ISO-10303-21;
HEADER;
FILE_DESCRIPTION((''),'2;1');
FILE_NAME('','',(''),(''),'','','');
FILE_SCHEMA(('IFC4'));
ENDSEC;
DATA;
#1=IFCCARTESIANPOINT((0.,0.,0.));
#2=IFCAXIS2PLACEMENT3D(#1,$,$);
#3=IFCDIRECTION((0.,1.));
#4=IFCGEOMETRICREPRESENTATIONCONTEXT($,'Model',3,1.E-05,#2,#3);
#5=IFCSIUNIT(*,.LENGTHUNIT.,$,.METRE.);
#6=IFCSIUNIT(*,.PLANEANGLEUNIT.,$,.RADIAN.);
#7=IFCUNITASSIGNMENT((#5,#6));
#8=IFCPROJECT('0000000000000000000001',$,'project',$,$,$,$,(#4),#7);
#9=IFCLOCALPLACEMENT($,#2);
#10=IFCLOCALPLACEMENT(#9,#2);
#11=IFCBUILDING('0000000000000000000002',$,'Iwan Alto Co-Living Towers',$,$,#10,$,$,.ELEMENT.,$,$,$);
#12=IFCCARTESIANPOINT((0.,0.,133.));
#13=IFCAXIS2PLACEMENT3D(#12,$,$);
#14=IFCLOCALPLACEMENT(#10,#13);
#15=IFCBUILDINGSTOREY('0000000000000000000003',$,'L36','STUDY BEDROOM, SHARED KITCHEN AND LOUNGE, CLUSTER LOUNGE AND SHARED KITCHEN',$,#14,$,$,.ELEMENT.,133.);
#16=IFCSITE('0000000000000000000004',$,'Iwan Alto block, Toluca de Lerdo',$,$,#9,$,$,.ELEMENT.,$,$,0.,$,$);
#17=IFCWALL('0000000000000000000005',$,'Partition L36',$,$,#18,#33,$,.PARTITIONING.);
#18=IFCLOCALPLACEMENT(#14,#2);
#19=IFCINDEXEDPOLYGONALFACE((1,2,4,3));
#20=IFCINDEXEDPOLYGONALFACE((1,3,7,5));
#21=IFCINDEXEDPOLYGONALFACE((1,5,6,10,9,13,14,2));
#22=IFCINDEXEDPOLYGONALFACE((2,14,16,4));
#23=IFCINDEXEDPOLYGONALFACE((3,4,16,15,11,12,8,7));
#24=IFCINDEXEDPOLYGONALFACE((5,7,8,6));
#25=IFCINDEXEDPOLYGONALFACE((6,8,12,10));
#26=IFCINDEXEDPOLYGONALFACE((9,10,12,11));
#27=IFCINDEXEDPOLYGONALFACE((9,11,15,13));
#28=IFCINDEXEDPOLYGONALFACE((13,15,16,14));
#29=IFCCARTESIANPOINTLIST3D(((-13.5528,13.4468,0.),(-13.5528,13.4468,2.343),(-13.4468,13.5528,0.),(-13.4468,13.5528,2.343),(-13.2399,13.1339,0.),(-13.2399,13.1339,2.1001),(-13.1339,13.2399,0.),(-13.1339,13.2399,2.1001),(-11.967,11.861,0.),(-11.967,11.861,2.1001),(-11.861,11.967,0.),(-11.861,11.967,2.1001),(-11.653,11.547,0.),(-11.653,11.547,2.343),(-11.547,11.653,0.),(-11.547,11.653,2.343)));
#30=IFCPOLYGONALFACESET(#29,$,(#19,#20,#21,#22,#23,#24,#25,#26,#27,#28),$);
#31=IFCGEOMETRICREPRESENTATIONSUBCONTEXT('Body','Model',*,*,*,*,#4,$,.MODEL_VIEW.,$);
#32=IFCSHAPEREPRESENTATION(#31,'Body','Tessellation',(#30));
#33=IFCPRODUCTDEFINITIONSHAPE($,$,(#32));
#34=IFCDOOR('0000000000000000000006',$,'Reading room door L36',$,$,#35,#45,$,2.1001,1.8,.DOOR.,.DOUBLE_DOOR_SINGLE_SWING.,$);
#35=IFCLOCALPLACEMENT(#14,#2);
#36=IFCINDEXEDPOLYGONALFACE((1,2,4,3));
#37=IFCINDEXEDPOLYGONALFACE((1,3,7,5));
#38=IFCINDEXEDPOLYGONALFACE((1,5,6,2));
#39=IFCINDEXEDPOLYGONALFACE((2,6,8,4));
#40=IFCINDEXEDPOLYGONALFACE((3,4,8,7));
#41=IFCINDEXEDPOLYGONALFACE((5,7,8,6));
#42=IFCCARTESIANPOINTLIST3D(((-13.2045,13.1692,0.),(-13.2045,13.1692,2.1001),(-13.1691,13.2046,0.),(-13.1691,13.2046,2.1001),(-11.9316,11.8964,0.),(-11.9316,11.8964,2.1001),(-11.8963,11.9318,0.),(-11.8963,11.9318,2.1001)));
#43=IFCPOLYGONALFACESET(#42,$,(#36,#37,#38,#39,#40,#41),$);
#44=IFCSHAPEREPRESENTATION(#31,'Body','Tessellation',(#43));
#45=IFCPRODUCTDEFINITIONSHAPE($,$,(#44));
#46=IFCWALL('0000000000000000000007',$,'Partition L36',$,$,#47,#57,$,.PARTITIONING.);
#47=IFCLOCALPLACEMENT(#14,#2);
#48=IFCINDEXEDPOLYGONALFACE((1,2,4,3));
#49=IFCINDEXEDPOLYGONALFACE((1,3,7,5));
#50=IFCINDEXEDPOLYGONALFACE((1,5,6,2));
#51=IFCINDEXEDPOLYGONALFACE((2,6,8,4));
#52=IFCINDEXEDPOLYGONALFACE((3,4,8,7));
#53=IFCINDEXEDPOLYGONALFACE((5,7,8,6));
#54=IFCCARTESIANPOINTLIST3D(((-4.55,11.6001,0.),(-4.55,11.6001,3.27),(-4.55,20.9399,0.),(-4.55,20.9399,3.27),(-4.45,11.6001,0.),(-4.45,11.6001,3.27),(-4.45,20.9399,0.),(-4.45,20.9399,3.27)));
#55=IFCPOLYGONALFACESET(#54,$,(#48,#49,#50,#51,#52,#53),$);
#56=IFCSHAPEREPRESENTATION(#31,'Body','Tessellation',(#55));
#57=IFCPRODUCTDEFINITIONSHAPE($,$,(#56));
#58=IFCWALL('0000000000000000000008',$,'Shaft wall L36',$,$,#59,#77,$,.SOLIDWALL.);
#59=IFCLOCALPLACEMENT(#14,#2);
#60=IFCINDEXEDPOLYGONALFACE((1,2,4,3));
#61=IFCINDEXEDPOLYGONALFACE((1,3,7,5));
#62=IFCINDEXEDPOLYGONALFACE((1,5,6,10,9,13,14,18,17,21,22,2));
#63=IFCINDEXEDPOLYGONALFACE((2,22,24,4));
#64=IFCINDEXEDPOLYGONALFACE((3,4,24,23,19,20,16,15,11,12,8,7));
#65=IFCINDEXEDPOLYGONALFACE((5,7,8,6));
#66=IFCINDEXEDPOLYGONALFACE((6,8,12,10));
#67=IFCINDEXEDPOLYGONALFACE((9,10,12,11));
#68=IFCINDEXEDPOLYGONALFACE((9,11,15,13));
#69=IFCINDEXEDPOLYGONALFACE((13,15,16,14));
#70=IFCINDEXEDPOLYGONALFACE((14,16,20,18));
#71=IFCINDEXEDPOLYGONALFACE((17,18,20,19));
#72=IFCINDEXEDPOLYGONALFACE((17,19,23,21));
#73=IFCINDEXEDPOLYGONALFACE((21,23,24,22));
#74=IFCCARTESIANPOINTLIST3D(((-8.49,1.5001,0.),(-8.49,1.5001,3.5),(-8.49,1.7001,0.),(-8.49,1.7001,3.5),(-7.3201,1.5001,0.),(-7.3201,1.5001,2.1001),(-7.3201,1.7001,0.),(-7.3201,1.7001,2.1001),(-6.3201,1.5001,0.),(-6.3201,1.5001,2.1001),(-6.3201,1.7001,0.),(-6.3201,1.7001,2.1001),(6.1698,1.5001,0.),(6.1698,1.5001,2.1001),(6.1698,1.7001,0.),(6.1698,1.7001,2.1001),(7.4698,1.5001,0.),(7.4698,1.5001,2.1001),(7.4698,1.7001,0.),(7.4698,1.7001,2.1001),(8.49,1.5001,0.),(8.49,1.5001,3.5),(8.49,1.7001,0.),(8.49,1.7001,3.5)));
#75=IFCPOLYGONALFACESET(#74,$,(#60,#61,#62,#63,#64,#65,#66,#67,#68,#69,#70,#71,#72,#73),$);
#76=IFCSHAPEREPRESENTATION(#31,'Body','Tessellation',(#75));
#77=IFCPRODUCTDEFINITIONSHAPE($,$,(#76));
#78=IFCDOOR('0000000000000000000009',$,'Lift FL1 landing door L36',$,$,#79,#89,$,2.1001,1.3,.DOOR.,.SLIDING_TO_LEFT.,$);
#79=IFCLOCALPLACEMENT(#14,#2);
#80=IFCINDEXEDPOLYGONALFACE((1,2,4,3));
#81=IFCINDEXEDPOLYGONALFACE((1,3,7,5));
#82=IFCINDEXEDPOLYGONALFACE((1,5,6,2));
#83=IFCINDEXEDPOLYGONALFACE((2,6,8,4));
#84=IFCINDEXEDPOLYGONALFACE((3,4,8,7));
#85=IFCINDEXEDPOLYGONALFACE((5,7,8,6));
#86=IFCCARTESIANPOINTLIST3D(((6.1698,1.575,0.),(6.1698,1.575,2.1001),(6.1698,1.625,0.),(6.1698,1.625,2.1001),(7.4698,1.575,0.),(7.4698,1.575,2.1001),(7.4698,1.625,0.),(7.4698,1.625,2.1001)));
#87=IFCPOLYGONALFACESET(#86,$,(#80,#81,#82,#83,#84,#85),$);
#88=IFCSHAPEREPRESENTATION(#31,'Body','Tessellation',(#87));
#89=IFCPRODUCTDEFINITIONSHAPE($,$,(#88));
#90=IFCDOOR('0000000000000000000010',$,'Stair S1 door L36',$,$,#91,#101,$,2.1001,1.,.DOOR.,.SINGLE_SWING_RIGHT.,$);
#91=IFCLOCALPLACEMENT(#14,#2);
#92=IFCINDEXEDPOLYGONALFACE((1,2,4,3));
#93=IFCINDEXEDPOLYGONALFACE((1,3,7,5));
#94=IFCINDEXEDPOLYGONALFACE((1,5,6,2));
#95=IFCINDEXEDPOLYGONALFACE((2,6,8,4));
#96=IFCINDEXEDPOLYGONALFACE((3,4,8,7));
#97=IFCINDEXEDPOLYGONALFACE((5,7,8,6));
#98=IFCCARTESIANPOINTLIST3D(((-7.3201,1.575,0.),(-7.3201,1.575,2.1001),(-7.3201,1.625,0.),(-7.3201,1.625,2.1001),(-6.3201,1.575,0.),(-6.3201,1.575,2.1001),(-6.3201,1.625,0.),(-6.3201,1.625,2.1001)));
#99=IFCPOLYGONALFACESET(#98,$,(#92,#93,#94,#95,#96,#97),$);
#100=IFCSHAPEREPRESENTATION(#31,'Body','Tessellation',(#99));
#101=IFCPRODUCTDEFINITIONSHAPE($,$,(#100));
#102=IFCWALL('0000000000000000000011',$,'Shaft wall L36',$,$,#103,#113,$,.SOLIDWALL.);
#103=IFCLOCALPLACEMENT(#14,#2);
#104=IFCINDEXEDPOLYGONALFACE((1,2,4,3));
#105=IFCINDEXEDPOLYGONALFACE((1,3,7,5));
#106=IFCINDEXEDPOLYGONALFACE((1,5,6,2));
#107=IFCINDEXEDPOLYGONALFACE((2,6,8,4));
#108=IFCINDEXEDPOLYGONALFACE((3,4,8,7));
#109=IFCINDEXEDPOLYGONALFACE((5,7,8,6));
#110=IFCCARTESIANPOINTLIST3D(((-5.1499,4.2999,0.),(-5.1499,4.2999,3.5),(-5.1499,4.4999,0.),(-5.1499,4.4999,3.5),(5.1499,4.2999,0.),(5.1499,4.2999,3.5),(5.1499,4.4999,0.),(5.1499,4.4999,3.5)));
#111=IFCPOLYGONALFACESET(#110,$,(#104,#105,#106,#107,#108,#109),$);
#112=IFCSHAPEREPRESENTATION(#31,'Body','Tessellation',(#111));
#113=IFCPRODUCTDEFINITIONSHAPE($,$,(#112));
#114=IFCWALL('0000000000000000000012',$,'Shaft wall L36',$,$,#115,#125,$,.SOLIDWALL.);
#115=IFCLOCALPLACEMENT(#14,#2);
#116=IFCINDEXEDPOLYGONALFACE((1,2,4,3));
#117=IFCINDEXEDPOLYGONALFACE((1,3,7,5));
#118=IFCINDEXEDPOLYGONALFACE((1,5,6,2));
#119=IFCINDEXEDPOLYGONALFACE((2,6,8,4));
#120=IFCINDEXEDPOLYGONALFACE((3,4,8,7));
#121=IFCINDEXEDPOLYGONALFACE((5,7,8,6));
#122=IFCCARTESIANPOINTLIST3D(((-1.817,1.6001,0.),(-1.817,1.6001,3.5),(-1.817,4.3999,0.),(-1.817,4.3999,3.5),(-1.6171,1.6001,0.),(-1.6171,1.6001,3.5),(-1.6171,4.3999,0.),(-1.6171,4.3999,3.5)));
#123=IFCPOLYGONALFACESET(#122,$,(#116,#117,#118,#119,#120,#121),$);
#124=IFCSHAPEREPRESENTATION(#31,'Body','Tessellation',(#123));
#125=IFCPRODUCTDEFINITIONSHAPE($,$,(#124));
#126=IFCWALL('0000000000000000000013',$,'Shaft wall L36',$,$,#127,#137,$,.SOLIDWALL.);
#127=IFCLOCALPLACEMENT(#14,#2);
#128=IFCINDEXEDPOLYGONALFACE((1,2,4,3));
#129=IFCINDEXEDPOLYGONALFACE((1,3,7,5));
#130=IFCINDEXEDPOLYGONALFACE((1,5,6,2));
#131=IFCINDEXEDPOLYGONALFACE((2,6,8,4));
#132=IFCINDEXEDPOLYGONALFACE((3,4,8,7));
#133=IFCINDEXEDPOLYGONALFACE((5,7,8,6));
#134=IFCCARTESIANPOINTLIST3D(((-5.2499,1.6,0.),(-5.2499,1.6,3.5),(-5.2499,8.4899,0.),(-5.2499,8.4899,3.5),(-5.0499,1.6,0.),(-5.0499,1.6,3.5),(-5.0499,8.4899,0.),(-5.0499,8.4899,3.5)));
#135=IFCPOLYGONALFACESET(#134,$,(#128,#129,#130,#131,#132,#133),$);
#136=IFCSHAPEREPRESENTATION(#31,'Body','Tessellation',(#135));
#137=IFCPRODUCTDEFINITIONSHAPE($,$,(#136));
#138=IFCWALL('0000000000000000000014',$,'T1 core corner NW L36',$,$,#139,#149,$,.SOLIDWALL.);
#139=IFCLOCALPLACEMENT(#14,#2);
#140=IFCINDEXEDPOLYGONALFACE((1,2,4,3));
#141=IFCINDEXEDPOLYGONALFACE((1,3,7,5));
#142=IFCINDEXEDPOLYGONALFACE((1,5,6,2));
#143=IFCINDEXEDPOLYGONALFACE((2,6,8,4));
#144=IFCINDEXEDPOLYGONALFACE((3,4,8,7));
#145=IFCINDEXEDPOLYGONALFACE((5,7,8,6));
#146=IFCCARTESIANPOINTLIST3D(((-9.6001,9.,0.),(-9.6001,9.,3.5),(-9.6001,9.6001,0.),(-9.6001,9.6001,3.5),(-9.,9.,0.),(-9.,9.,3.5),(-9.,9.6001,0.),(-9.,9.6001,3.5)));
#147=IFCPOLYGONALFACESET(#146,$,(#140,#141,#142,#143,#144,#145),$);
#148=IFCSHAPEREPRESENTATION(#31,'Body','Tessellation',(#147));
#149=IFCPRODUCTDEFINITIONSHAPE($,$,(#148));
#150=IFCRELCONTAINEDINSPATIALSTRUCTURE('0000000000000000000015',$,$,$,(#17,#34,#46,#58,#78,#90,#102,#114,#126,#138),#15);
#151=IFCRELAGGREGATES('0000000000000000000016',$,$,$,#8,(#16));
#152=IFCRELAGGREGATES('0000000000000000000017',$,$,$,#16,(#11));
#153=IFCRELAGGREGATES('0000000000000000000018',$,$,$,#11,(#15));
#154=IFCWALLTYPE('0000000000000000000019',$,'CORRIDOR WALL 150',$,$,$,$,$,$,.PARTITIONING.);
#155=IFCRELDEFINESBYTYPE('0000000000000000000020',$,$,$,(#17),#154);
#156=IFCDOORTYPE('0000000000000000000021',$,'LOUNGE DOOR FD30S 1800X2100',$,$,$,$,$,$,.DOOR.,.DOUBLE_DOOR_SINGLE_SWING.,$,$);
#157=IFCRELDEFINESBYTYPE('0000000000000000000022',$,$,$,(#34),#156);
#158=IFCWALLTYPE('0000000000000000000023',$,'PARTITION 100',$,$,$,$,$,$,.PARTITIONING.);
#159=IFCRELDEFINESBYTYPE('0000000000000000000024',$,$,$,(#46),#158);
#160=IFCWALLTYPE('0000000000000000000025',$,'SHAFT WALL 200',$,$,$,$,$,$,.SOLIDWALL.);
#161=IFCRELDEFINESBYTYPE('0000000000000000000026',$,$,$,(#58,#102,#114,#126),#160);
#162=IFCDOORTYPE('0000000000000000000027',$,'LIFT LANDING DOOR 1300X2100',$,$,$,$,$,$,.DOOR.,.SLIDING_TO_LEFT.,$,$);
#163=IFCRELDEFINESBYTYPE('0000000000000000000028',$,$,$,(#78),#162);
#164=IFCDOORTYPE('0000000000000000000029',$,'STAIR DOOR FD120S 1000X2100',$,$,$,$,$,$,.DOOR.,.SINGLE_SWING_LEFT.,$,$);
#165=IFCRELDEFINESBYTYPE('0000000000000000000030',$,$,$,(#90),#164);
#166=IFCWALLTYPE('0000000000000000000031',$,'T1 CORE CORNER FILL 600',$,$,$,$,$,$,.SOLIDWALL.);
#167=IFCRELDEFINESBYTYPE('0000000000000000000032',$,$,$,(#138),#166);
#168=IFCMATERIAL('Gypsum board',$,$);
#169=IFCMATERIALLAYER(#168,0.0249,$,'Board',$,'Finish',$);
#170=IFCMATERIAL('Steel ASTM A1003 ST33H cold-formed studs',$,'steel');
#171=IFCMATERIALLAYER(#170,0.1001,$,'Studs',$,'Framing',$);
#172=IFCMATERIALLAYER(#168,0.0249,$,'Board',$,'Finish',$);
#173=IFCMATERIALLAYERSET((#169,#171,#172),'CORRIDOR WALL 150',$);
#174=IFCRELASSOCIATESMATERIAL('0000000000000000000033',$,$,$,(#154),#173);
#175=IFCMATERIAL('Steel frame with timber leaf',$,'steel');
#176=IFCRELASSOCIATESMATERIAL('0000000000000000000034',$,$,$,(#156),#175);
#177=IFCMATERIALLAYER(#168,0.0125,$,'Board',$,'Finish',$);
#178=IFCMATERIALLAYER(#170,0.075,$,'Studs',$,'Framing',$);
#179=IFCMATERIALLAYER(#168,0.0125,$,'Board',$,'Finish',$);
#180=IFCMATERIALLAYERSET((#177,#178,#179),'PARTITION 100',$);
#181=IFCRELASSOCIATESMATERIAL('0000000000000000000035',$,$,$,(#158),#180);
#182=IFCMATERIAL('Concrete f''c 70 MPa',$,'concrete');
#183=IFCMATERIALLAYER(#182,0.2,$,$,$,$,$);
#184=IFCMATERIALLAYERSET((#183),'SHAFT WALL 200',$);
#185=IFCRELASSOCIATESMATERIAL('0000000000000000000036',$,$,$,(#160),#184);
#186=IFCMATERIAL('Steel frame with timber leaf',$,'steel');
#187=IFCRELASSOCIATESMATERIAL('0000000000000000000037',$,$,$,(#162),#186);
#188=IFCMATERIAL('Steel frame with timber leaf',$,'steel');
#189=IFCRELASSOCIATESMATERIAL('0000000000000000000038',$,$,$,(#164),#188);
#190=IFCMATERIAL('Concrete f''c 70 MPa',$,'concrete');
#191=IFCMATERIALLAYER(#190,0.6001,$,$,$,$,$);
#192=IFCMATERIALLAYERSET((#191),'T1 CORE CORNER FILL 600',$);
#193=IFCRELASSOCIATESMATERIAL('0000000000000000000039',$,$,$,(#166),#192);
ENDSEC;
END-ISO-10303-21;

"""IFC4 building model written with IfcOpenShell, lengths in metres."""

from ifc_helpers import new_model, si_unit, direction, frame, frame_2d, origin, place, context, subcontext, project, spatial, rectangle, extrude, material, layer, layer_set, type_object, element, fill, save


model = new_model("IFC4")

# Units and contexts
model_context = context("Model", 3, precision=1e-05, world=origin(), true_north=direction((0.0, 1.0)))
body_context = subcontext(model_context, "Body", "Model", "MODEL_VIEW")
ifc_project = project(units=[si_unit("LENGTHUNIT", "METRE"), si_unit("PLANEANGLEUNIT", "RADIAN")], contexts=[model_context])

# Site, building, storey
site_placement = place(None, origin())
site = spatial("IfcSite", under=ifc_project, at=site_placement, Name="Iwan Alto block, Toluca de Lerdo", CompositionType="ELEMENT", RefElevation=0.0)
building_placement = place(site_placement, origin())
building = spatial("IfcBuilding", under=site, at=building_placement, Name="Iwan Alto Co-Living Towers", CompositionType="ELEMENT")
storey_placement = place(building_placement, frame((0.0, 0.0, 133.0)))
storey = spatial("IfcBuildingStorey", under=building, at=storey_placement, Name="L36", Description="STUDY BEDROOM, SHARED KITCHEN AND LOUNGE, CLUSTER LOUNGE AND SHARED KITCHEN", CompositionType="ELEMENT", Elevation=133.0)

# Wall, opening, door
ifc_material_1 = material(Name="Gypsum board")
ifc_layer_1 = layer(ifc_material_1, 0.0249, Name="Board", Category="Finish")
ifc_material_2 = material(Name="Steel ASTM A1003 ST33H cold-formed studs", Category="steel")
ifc_layer_2 = layer(ifc_material_2, 0.1001, Name="Studs", Category="Framing")
ifc_layer_3 = layer(ifc_material_1, 0.0249, Name="Board", Category="Finish")
ifc_layer_set_1 = layer_set([ifc_layer_1, ifc_layer_2, ifc_layer_3], Name="CORRIDOR WALL 150")
wall_type_1 = type_object("IfcWallType", Name="CORRIDOR WALL 150", PredefinedType="PARTITIONING", material=ifc_layer_set_1)
ifc_material_3 = material(Name="Steel frame with timber leaf", Category="steel")
door_type_1 = type_object("IfcDoorType", Name="LOUNGE DOOR FD30S 1800X2100", OperationType="DOUBLE_DOOR_SINGLE_SWING", PredefinedType="DOOR", material=ifc_material_3)
wall_1_placement = place(storey_placement, frame((-11.6001, 11.6001, 0.0), z_axis=(0.0, 0.0, 1.0), x_axis=(-0.707107, 0.707107, 0.0)))
wall_1 = element("IfcWall", 1, at=wall_1_placement, inside=storey, type_object=wall_type_1, Name="Partition L36", PredefinedType="PARTITIONING", context=body_context, shape_type="SweptSolid", body=[
    extrude(rectangle(XDim=2.6868, YDim=0.1499, at=frame_2d((1.3433, 0.0))), origin(), (0.0, 0.0, 1.0), 2.343),
])
opening_1_placement = place(wall_1_placement, frame((0.4441, 0.0, 0.0)))
opening_1 = element("IfcOpeningElement", 2, at=opening_1_placement, cuts=wall_1, PredefinedType="OPENING", context=body_context, shape_type="SweptSolid", body=[
    extrude(rectangle(XDim=1.8, YDim=2.1001, at=frame_2d((0.8999, 1.05))), frame((0.0, 0.085, 0.0), z_axis=(0.0, -1.0, 0.0), x_axis=(1.0, 0.0, 0.0)), (0.0, 0.0, 1.0), 0.1699),
])
door_1_placement = place(opening_1_placement, origin())
door_1 = element("IfcDoor", 3, at=door_1_placement, inside=storey, type_object=door_type_1, Name="Reading room door L36", OperationType="DOUBLE_DOOR_SINGLE_SWING", OverallHeight=2.1001, OverallWidth=1.8, PredefinedType="DOOR", context=body_context, shape_type="SweptSolid", body=[
    extrude(rectangle(XDim=1.8, YDim=2.1001, at=frame_2d((0.8999, 1.05))), frame((0.0, 0.0249, 0.0), z_axis=(0.0, -1.0, 0.0), x_axis=(1.0, 0.0, 0.0)), (0.0, 0.0, 1.0), 0.05),
])
fill(opening_1, door_1)

# Wall
ifc_layer_4 = layer(ifc_material_1, 0.0125, Name="Board", Category="Finish")
ifc_layer_5 = layer(ifc_material_2, 0.075, Name="Studs", Category="Framing")
ifc_layer_6 = layer(ifc_material_1, 0.0125, Name="Board", Category="Finish")
ifc_layer_set_2 = layer_set([ifc_layer_4, ifc_layer_5, ifc_layer_6], Name="PARTITION 100")
wall_type_2 = type_object("IfcWallType", Name="PARTITION 100", PredefinedType="PARTITIONING", material=ifc_layer_set_2)
wall_2_placement = place(storey_placement, frame((-4.5, 11.6001, 0.0), z_axis=(0.0, 0.0, 1.0), x_axis=(0.0, 1.0, 0.0)))
element("IfcWall", 4, at=wall_2_placement, inside=storey, type_object=wall_type_2, Name="Partition L36", PredefinedType="PARTITIONING", context=body_context, shape_type="SweptSolid", body=[
    extrude(rectangle(XDim=9.3398, YDim=0.1001, at=frame_2d((4.6699, 0.0))), origin(), (0.0, 0.0, 1.0), 3.27),
])

# Wall, openings, doors
ifc_material_4 = material(Name="Concrete f'c 70 MPa", Category="concrete")
ifc_layer_7 = layer(ifc_material_4, 0.2)
ifc_layer_set_3 = layer_set([ifc_layer_7], Name="SHAFT WALL 200")
wall_type_3 = type_object("IfcWallType", Name="SHAFT WALL 200", PredefinedType="SOLIDWALL", material=ifc_layer_set_3)
wall_3_placement = place(storey_placement, frame((-8.49, 1.6001, 0.0), z_axis=(0.0, 0.0, 1.0), x_axis=(1.0, 0.0, 0.0)))
wall_3 = element("IfcWall", 5, at=wall_3_placement, inside=storey, type_object=wall_type_3, Name="Shaft wall L36", PredefinedType="SOLIDWALL", context=body_context, shape_type="SweptSolid", body=[
    extrude(rectangle(XDim=16.98, YDim=0.2, at=frame_2d((8.49, 0.0))), origin(), (0.0, 0.0, 1.0), 3.5),
])
opening_2_placement = place(wall_3_placement, frame((1.1699, 0.0, 0.0)))
opening_2 = element("IfcOpeningElement", 6, at=opening_2_placement, cuts=wall_3, PredefinedType="OPENING", context=body_context, shape_type="SweptSolid", body=[
    extrude(rectangle(XDim=1.0, YDim=2.1001, at=frame_2d((0.5, 1.05))), frame((0.0, 0.1099, 0.0), z_axis=(0.0, -1.0, 0.0), x_axis=(1.0, 0.0, 0.0)), (0.0, 0.0, 1.0), 0.22),
])
opening_3_placement = place(wall_3_placement, frame((14.6599, 0.0, 0.0)))
opening_3 = element("IfcOpeningElement", 7, at=opening_3_placement, cuts=wall_3, PredefinedType="OPENING", context=body_context, shape_type="SweptSolid", body=[
    extrude(rectangle(XDim=1.3, YDim=2.1001, at=frame_2d((0.6499, 1.05))), frame((0.0, 0.1099, 0.0), z_axis=(0.0, -1.0, 0.0), x_axis=(1.0, 0.0, 0.0)), (0.0, 0.0, 1.0), 0.22),
])
ifc_material_5 = material(Name="Steel frame with timber leaf", Category="steel")
door_type_2 = type_object("IfcDoorType", Name="LIFT LANDING DOOR 1300X2100", OperationType="SLIDING_TO_LEFT", PredefinedType="DOOR", material=ifc_material_5)
door_2_placement = place(opening_3_placement, origin())
door_2 = element("IfcDoor", 8, at=door_2_placement, inside=storey, type_object=door_type_2, Name="Lift FL1 landing door L36", OperationType="SLIDING_TO_LEFT", OverallHeight=2.1001, OverallWidth=1.3, PredefinedType="DOOR", context=body_context, shape_type="SweptSolid", body=[
    extrude(rectangle(XDim=1.3, YDim=2.1001, at=frame_2d((0.6499, 1.05))), frame((0.0, 0.0249, 0.0), z_axis=(0.0, -1.0, 0.0), x_axis=(1.0, 0.0, 0.0)), (0.0, 0.0, 1.0), 0.05),
])
fill(opening_3, door_2)
ifc_material_6 = material(Name="Steel frame with timber leaf", Category="steel")
door_type_3 = type_object("IfcDoorType", Name="STAIR DOOR FD120S 1000X2100", OperationType="SINGLE_SWING_LEFT", PredefinedType="DOOR", material=ifc_material_6)
door_3_placement = place(opening_2_placement, origin())
door_3 = element("IfcDoor", 9, at=door_3_placement, inside=storey, type_object=door_type_3, Name="Stair S1 door L36", OperationType="SINGLE_SWING_RIGHT", OverallHeight=2.1001, OverallWidth=1.0, PredefinedType="DOOR", context=body_context, shape_type="SweptSolid", body=[
    extrude(rectangle(XDim=1.0, YDim=2.1001, at=frame_2d((0.5, 1.05))), frame((0.0, 0.0249, 0.0), z_axis=(0.0, -1.0, 0.0), x_axis=(1.0, 0.0, 0.0)), (0.0, 0.0, 1.0), 0.05),
])
fill(opening_2, door_3)

# Walls
wall_4_placement = place(storey_placement, frame((-5.1499, 4.3999, 0.0), z_axis=(0.0, 0.0, 1.0), x_axis=(1.0, 0.0, 0.0)))
element("IfcWall", 10, at=wall_4_placement, inside=storey, type_object=wall_type_3, Name="Shaft wall L36", PredefinedType="SOLIDWALL", context=body_context, shape_type="SweptSolid", body=[
    extrude(rectangle(XDim=10.2998, YDim=0.2, at=frame_2d((5.1499, 0.0))), origin(), (0.0, 0.0, 1.0), 3.5),
])
wall_5_placement = place(storey_placement, frame((-1.717, 1.6001, 0.0), z_axis=(0.0, 0.0, 1.0), x_axis=(0.0, 1.0, 0.0)))
element("IfcWall", 11, at=wall_5_placement, inside=storey, type_object=wall_type_3, Name="Shaft wall L36", PredefinedType="SOLIDWALL", context=body_context, shape_type="SweptSolid", body=[
    extrude(rectangle(XDim=2.7998, YDim=0.2, at=frame_2d((1.3999, 0.0))), origin(), (0.0, 0.0, 1.0), 3.5),
])
wall_6_placement = place(storey_placement, frame((-5.1499, 1.6001, 0.0), z_axis=(0.0, 0.0, 1.0), x_axis=(0.0, 1.0, 0.0)))
element("IfcWall", 12, at=wall_6_placement, inside=storey, type_object=wall_type_3, Name="Shaft wall L36", PredefinedType="SOLIDWALL", context=body_context, shape_type="SweptSolid", body=[
    extrude(rectangle(XDim=6.8899, YDim=0.2, at=frame_2d((3.4448, 0.0))), origin(), (0.0, 0.0, 1.0), 3.5),
])
ifc_material_7 = material(Name="Concrete f'c 70 MPa", Category="concrete")
ifc_layer_8 = layer(ifc_material_7, 0.6001)
ifc_layer_set_4 = layer_set([ifc_layer_8], Name="T1 CORE CORNER FILL 600")
wall_type_4 = type_object("IfcWallType", Name="T1 CORE CORNER FILL 600", PredefinedType="SOLIDWALL", material=ifc_layer_set_4)
wall_7_placement = place(storey_placement, frame((-9.6001, 9.3, 0.0), z_axis=(0.0, 0.0, 1.0), x_axis=(1.0, 0.0, 0.0)))
element("IfcWall", 13, at=wall_7_placement, inside=storey, type_object=wall_type_4, Name="T1 core corner NW L36", PredefinedType="SOLIDWALL", context=body_context, shape_type="SweptSolid", body=[
    extrude(rectangle(XDim=0.6001, YDim=0.6001, at=frame_2d((0.3, 0.0))), origin(), (0.0, 0.0, 1.0), 3.5),
])

save(model, "model.ifc")
